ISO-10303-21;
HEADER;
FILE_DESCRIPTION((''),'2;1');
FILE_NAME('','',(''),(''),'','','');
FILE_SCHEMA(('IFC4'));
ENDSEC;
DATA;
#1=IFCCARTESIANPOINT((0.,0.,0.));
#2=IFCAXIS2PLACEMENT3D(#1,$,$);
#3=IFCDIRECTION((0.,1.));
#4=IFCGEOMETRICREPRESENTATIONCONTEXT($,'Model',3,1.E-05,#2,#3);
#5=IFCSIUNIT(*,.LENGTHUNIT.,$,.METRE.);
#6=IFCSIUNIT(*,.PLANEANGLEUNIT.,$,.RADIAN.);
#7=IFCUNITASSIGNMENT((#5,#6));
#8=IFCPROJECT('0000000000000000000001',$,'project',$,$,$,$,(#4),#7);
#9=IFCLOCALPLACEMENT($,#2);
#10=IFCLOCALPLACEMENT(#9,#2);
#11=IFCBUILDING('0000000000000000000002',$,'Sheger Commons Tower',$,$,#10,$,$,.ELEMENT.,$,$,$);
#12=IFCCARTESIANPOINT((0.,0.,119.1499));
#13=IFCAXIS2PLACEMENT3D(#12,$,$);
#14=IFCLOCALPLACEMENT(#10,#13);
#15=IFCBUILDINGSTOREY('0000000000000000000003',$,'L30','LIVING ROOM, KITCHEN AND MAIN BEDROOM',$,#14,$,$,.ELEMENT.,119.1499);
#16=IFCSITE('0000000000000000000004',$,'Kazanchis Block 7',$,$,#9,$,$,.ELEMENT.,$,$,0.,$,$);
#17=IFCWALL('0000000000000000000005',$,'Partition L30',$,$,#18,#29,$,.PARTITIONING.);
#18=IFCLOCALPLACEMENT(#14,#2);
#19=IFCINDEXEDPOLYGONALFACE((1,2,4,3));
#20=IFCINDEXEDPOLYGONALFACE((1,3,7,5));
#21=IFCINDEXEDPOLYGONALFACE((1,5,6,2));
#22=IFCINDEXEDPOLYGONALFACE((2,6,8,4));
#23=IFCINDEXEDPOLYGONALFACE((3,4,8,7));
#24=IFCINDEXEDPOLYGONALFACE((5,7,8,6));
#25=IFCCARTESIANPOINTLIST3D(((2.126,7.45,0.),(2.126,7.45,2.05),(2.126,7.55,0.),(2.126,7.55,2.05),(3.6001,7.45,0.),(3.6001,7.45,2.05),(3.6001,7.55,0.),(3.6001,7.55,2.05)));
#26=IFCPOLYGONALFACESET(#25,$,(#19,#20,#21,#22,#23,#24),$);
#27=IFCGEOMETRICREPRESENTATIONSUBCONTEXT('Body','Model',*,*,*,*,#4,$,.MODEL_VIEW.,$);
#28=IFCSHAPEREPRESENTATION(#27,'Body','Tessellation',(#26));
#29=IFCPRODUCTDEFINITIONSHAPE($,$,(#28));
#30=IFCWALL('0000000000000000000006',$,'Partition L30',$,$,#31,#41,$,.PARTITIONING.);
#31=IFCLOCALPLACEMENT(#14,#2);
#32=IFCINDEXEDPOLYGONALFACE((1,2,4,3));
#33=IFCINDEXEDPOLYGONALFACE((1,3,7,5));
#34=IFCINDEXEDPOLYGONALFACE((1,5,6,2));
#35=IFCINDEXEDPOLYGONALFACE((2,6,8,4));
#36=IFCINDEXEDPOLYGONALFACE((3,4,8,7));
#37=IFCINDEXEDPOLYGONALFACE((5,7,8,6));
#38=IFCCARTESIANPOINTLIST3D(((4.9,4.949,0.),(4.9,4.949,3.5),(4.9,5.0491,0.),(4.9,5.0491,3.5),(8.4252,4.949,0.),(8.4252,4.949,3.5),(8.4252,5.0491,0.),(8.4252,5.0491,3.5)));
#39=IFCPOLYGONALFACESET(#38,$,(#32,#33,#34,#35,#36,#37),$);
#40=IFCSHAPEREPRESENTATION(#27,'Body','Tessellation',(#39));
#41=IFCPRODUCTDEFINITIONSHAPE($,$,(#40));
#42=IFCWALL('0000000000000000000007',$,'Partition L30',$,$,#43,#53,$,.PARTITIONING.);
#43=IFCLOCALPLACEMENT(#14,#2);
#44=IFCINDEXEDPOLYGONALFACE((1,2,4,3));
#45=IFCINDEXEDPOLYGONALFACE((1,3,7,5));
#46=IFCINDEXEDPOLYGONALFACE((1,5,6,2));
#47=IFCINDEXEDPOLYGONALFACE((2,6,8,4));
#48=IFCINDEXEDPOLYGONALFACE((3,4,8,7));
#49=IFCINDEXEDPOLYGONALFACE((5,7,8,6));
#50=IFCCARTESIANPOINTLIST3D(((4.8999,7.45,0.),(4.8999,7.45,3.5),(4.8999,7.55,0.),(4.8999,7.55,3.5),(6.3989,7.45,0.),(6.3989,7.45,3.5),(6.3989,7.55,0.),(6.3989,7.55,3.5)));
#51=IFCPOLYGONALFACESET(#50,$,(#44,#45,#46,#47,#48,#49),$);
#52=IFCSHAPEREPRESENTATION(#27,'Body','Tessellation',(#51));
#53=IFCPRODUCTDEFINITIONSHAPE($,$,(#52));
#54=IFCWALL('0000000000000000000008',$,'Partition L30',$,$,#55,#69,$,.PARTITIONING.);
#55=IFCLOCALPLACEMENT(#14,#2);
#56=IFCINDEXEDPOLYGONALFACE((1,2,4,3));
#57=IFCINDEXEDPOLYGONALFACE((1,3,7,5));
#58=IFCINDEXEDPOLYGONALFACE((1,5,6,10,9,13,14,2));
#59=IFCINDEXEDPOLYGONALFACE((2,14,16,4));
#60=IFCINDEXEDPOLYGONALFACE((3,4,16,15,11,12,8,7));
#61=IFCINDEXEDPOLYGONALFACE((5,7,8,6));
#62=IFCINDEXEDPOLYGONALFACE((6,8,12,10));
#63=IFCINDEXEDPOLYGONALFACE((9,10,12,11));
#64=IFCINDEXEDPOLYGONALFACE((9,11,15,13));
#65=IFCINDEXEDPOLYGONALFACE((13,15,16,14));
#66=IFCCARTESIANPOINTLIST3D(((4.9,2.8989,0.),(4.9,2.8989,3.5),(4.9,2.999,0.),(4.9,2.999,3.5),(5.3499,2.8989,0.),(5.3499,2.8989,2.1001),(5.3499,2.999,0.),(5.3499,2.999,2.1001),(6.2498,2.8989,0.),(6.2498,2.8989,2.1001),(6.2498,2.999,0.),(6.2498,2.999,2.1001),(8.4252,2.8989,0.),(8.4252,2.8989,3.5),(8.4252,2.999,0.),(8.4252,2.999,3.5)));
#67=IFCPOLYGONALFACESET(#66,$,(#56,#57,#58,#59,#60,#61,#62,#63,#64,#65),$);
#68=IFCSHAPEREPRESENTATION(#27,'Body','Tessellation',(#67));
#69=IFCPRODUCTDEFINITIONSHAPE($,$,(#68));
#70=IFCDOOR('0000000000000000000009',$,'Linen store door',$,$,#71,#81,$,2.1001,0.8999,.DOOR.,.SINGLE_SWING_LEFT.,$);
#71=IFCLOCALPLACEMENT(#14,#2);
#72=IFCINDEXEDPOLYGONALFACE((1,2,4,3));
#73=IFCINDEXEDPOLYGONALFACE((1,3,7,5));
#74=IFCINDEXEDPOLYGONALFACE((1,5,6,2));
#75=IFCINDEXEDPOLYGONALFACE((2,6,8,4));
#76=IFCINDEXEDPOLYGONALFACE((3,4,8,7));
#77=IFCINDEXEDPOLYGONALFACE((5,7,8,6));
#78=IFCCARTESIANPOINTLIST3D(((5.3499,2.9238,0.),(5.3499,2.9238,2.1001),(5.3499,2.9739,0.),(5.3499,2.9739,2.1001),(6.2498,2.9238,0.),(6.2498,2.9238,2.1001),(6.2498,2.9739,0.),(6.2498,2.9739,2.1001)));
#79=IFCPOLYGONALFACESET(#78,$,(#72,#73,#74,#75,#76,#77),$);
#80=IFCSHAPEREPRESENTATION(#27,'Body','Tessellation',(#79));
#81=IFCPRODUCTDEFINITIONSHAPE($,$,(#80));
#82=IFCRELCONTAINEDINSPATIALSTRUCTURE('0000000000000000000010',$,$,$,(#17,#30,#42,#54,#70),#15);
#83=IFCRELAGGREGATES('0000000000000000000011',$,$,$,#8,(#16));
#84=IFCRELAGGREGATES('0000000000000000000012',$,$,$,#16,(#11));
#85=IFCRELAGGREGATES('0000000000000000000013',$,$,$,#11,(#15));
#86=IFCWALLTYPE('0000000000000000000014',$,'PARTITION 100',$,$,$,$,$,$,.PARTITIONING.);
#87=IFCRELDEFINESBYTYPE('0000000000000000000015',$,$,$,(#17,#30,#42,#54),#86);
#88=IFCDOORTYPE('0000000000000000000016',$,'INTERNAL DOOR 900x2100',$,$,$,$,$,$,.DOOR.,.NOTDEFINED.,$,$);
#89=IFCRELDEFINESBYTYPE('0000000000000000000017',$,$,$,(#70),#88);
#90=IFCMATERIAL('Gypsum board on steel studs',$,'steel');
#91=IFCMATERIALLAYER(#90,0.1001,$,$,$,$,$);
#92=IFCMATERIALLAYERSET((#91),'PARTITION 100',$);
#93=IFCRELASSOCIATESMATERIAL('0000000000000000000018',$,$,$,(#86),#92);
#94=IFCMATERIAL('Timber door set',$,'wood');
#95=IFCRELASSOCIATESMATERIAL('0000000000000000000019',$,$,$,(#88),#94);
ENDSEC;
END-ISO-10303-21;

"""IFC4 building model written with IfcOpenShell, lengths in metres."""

from ifc_helpers import new_model, si_unit, direction, frame, frame_2d, origin, place, context, subcontext, project, spatial, rectangle, extrude, material, layer, layer_set, type_object, element, fill, save


model = new_model("IFC4")

# Units and contexts
model_context = context("Model", 3, precision=1e-05, world=origin(), true_north=direction((0.0, 1.0)))
body_context = subcontext(model_context, "Body", "Model", "MODEL_VIEW")
ifc_project = project(units=[si_unit("LENGTHUNIT", "METRE"), si_unit("PLANEANGLEUNIT", "RADIAN")], contexts=[model_context])

# Site, building, storey
site_placement = place(None, origin())
site = spatial("IfcSite", under=ifc_project, at=site_placement, Name="Kazanchis Block 7", CompositionType="ELEMENT", RefElevation=0.0)
building_placement = place(site_placement, origin())
building = spatial("IfcBuilding", under=site, at=building_placement, Name="Sheger Commons Tower", CompositionType="ELEMENT")
storey_placement = place(building_placement, frame((0.0, 0.0, 119.1499)))
storey = spatial("IfcBuildingStorey", under=building, at=storey_placement, Name="L30", Description="LIVING ROOM, KITCHEN AND MAIN BEDROOM", CompositionType="ELEMENT", Elevation=119.1499)

# Shared definitions
ifc_material_1 = material(Name="Gypsum board on steel studs", Category="steel")
ifc_layer_1 = layer(ifc_material_1, 0.1001)
ifc_layer_set_1 = layer_set([ifc_layer_1], Name="PARTITION 100")
wall_type_1 = type_object("IfcWallType", Name="PARTITION 100", PredefinedType="PARTITIONING", material=ifc_layer_set_1)
ifc_material_2 = material(Name="Timber door set", Category="wood")
door_type = type_object("IfcDoorType", Name="INTERNAL DOOR 900x2100", OperationType="NOTDEFINED", PredefinedType="DOOR", material=ifc_material_2)

# Walls
wall_1_placement = place(storey_placement, frame((2.126, 7.5, 0.0), z_axis=(0.0, 0.0, 1.0), x_axis=(1.0, 0.0, 0.0)))
element("IfcWall", 1, at=wall_1_placement, inside=storey, type_object=wall_type_1, Name="Partition L30", PredefinedType="PARTITIONING", context=body_context, shape_type="SweptSolid", body=[
    extrude(rectangle(XDim=1.4741, YDim=0.1001, at=frame_2d((0.7371, 0.0))), origin(), (0.0, 0.0, 1.0), 2.05),
])
wall_2_placement = place(storey_placement, frame((4.8999, 4.999, 0.0), z_axis=(0.0, 0.0, 1.0), x_axis=(1.0, 0.0, 0.0)))
element("IfcWall", 2, at=wall_2_placement, inside=storey, type_object=wall_type_1, Name="Partition L30", PredefinedType="PARTITIONING", context=body_context, shape_type="SweptSolid", body=[
    extrude(rectangle(XDim=3.5251, YDim=0.1001, at=frame_2d((1.7627, 0.0))), origin(), (0.0, 0.0, 1.0), 3.5),
])
wall_3_placement = place(storey_placement, frame((4.8999, 7.5, 0.0), z_axis=(0.0, 0.0, 1.0), x_axis=(1.0, 0.0, 0.0)))
element("IfcWall", 3, at=wall_3_placement, inside=storey, type_object=wall_type_1, Name="Partition L30", PredefinedType="PARTITIONING", context=body_context, shape_type="SweptSolid", body=[
    extrude(rectangle(XDim=1.499, YDim=0.1001, at=frame_2d((0.7495, 0.0))), origin(), (0.0, 0.0, 1.0), 3.5),
])

# Wall, opening, door
wall_4_placement = place(storey_placement, frame((4.8999, 2.949, 0.0), z_axis=(0.0, 0.0, 1.0), x_axis=(1.0, 0.0, 0.0)))
wall_4 = element("IfcWall", 4, at=wall_4_placement, inside=storey, type_object=wall_type_1, Name="Partition L30", PredefinedType="PARTITIONING", context=body_context, shape_type="SweptSolid", body=[
    extrude(rectangle(XDim=3.5251, YDim=0.1001, at=frame_2d((1.7627, 0.0))), origin(), (0.0, 0.0, 1.0), 3.5),
])
opening_1_placement = place(wall_4_placement, frame((0.45, 0.0, 0.0)))
opening_1 = element("IfcOpeningElement", 5, at=opening_1_placement, cuts=wall_4, PredefinedType="OPENING", context=body_context, shape_type="SweptSolid", body=[
    extrude(rectangle(XDim=0.8999, YDim=2.1001, at=frame_2d((0.45, 1.05))), frame((0.0, 0.0601, 0.0), z_axis=(0.0, -1.0, 0.0), x_axis=(1.0, 0.0, 0.0)), (0.0, 0.0, 1.0), 0.1201),
])
door_1_placement = place(opening_1_placement, origin())
door_1 = element("IfcDoor", 6, at=door_1_placement, inside=storey, type_object=door_type, Name="Linen store door", OperationType="SINGLE_SWING_LEFT", OverallHeight=2.1001, OverallWidth=0.8999, PredefinedType="DOOR", context=body_context, shape_type="SweptSolid", body=[
    extrude(rectangle(XDim=0.8999, YDim=2.1001, at=frame_2d((0.45, 1.05))), frame((0.0, 0.0249, 0.0), z_axis=(0.0, -1.0, 0.0), x_axis=(1.0, 0.0, 0.0)), (0.0, 0.0, 1.0), 0.05),
])
fill(opening_1, door_1)

save(model, "model.ifc")
